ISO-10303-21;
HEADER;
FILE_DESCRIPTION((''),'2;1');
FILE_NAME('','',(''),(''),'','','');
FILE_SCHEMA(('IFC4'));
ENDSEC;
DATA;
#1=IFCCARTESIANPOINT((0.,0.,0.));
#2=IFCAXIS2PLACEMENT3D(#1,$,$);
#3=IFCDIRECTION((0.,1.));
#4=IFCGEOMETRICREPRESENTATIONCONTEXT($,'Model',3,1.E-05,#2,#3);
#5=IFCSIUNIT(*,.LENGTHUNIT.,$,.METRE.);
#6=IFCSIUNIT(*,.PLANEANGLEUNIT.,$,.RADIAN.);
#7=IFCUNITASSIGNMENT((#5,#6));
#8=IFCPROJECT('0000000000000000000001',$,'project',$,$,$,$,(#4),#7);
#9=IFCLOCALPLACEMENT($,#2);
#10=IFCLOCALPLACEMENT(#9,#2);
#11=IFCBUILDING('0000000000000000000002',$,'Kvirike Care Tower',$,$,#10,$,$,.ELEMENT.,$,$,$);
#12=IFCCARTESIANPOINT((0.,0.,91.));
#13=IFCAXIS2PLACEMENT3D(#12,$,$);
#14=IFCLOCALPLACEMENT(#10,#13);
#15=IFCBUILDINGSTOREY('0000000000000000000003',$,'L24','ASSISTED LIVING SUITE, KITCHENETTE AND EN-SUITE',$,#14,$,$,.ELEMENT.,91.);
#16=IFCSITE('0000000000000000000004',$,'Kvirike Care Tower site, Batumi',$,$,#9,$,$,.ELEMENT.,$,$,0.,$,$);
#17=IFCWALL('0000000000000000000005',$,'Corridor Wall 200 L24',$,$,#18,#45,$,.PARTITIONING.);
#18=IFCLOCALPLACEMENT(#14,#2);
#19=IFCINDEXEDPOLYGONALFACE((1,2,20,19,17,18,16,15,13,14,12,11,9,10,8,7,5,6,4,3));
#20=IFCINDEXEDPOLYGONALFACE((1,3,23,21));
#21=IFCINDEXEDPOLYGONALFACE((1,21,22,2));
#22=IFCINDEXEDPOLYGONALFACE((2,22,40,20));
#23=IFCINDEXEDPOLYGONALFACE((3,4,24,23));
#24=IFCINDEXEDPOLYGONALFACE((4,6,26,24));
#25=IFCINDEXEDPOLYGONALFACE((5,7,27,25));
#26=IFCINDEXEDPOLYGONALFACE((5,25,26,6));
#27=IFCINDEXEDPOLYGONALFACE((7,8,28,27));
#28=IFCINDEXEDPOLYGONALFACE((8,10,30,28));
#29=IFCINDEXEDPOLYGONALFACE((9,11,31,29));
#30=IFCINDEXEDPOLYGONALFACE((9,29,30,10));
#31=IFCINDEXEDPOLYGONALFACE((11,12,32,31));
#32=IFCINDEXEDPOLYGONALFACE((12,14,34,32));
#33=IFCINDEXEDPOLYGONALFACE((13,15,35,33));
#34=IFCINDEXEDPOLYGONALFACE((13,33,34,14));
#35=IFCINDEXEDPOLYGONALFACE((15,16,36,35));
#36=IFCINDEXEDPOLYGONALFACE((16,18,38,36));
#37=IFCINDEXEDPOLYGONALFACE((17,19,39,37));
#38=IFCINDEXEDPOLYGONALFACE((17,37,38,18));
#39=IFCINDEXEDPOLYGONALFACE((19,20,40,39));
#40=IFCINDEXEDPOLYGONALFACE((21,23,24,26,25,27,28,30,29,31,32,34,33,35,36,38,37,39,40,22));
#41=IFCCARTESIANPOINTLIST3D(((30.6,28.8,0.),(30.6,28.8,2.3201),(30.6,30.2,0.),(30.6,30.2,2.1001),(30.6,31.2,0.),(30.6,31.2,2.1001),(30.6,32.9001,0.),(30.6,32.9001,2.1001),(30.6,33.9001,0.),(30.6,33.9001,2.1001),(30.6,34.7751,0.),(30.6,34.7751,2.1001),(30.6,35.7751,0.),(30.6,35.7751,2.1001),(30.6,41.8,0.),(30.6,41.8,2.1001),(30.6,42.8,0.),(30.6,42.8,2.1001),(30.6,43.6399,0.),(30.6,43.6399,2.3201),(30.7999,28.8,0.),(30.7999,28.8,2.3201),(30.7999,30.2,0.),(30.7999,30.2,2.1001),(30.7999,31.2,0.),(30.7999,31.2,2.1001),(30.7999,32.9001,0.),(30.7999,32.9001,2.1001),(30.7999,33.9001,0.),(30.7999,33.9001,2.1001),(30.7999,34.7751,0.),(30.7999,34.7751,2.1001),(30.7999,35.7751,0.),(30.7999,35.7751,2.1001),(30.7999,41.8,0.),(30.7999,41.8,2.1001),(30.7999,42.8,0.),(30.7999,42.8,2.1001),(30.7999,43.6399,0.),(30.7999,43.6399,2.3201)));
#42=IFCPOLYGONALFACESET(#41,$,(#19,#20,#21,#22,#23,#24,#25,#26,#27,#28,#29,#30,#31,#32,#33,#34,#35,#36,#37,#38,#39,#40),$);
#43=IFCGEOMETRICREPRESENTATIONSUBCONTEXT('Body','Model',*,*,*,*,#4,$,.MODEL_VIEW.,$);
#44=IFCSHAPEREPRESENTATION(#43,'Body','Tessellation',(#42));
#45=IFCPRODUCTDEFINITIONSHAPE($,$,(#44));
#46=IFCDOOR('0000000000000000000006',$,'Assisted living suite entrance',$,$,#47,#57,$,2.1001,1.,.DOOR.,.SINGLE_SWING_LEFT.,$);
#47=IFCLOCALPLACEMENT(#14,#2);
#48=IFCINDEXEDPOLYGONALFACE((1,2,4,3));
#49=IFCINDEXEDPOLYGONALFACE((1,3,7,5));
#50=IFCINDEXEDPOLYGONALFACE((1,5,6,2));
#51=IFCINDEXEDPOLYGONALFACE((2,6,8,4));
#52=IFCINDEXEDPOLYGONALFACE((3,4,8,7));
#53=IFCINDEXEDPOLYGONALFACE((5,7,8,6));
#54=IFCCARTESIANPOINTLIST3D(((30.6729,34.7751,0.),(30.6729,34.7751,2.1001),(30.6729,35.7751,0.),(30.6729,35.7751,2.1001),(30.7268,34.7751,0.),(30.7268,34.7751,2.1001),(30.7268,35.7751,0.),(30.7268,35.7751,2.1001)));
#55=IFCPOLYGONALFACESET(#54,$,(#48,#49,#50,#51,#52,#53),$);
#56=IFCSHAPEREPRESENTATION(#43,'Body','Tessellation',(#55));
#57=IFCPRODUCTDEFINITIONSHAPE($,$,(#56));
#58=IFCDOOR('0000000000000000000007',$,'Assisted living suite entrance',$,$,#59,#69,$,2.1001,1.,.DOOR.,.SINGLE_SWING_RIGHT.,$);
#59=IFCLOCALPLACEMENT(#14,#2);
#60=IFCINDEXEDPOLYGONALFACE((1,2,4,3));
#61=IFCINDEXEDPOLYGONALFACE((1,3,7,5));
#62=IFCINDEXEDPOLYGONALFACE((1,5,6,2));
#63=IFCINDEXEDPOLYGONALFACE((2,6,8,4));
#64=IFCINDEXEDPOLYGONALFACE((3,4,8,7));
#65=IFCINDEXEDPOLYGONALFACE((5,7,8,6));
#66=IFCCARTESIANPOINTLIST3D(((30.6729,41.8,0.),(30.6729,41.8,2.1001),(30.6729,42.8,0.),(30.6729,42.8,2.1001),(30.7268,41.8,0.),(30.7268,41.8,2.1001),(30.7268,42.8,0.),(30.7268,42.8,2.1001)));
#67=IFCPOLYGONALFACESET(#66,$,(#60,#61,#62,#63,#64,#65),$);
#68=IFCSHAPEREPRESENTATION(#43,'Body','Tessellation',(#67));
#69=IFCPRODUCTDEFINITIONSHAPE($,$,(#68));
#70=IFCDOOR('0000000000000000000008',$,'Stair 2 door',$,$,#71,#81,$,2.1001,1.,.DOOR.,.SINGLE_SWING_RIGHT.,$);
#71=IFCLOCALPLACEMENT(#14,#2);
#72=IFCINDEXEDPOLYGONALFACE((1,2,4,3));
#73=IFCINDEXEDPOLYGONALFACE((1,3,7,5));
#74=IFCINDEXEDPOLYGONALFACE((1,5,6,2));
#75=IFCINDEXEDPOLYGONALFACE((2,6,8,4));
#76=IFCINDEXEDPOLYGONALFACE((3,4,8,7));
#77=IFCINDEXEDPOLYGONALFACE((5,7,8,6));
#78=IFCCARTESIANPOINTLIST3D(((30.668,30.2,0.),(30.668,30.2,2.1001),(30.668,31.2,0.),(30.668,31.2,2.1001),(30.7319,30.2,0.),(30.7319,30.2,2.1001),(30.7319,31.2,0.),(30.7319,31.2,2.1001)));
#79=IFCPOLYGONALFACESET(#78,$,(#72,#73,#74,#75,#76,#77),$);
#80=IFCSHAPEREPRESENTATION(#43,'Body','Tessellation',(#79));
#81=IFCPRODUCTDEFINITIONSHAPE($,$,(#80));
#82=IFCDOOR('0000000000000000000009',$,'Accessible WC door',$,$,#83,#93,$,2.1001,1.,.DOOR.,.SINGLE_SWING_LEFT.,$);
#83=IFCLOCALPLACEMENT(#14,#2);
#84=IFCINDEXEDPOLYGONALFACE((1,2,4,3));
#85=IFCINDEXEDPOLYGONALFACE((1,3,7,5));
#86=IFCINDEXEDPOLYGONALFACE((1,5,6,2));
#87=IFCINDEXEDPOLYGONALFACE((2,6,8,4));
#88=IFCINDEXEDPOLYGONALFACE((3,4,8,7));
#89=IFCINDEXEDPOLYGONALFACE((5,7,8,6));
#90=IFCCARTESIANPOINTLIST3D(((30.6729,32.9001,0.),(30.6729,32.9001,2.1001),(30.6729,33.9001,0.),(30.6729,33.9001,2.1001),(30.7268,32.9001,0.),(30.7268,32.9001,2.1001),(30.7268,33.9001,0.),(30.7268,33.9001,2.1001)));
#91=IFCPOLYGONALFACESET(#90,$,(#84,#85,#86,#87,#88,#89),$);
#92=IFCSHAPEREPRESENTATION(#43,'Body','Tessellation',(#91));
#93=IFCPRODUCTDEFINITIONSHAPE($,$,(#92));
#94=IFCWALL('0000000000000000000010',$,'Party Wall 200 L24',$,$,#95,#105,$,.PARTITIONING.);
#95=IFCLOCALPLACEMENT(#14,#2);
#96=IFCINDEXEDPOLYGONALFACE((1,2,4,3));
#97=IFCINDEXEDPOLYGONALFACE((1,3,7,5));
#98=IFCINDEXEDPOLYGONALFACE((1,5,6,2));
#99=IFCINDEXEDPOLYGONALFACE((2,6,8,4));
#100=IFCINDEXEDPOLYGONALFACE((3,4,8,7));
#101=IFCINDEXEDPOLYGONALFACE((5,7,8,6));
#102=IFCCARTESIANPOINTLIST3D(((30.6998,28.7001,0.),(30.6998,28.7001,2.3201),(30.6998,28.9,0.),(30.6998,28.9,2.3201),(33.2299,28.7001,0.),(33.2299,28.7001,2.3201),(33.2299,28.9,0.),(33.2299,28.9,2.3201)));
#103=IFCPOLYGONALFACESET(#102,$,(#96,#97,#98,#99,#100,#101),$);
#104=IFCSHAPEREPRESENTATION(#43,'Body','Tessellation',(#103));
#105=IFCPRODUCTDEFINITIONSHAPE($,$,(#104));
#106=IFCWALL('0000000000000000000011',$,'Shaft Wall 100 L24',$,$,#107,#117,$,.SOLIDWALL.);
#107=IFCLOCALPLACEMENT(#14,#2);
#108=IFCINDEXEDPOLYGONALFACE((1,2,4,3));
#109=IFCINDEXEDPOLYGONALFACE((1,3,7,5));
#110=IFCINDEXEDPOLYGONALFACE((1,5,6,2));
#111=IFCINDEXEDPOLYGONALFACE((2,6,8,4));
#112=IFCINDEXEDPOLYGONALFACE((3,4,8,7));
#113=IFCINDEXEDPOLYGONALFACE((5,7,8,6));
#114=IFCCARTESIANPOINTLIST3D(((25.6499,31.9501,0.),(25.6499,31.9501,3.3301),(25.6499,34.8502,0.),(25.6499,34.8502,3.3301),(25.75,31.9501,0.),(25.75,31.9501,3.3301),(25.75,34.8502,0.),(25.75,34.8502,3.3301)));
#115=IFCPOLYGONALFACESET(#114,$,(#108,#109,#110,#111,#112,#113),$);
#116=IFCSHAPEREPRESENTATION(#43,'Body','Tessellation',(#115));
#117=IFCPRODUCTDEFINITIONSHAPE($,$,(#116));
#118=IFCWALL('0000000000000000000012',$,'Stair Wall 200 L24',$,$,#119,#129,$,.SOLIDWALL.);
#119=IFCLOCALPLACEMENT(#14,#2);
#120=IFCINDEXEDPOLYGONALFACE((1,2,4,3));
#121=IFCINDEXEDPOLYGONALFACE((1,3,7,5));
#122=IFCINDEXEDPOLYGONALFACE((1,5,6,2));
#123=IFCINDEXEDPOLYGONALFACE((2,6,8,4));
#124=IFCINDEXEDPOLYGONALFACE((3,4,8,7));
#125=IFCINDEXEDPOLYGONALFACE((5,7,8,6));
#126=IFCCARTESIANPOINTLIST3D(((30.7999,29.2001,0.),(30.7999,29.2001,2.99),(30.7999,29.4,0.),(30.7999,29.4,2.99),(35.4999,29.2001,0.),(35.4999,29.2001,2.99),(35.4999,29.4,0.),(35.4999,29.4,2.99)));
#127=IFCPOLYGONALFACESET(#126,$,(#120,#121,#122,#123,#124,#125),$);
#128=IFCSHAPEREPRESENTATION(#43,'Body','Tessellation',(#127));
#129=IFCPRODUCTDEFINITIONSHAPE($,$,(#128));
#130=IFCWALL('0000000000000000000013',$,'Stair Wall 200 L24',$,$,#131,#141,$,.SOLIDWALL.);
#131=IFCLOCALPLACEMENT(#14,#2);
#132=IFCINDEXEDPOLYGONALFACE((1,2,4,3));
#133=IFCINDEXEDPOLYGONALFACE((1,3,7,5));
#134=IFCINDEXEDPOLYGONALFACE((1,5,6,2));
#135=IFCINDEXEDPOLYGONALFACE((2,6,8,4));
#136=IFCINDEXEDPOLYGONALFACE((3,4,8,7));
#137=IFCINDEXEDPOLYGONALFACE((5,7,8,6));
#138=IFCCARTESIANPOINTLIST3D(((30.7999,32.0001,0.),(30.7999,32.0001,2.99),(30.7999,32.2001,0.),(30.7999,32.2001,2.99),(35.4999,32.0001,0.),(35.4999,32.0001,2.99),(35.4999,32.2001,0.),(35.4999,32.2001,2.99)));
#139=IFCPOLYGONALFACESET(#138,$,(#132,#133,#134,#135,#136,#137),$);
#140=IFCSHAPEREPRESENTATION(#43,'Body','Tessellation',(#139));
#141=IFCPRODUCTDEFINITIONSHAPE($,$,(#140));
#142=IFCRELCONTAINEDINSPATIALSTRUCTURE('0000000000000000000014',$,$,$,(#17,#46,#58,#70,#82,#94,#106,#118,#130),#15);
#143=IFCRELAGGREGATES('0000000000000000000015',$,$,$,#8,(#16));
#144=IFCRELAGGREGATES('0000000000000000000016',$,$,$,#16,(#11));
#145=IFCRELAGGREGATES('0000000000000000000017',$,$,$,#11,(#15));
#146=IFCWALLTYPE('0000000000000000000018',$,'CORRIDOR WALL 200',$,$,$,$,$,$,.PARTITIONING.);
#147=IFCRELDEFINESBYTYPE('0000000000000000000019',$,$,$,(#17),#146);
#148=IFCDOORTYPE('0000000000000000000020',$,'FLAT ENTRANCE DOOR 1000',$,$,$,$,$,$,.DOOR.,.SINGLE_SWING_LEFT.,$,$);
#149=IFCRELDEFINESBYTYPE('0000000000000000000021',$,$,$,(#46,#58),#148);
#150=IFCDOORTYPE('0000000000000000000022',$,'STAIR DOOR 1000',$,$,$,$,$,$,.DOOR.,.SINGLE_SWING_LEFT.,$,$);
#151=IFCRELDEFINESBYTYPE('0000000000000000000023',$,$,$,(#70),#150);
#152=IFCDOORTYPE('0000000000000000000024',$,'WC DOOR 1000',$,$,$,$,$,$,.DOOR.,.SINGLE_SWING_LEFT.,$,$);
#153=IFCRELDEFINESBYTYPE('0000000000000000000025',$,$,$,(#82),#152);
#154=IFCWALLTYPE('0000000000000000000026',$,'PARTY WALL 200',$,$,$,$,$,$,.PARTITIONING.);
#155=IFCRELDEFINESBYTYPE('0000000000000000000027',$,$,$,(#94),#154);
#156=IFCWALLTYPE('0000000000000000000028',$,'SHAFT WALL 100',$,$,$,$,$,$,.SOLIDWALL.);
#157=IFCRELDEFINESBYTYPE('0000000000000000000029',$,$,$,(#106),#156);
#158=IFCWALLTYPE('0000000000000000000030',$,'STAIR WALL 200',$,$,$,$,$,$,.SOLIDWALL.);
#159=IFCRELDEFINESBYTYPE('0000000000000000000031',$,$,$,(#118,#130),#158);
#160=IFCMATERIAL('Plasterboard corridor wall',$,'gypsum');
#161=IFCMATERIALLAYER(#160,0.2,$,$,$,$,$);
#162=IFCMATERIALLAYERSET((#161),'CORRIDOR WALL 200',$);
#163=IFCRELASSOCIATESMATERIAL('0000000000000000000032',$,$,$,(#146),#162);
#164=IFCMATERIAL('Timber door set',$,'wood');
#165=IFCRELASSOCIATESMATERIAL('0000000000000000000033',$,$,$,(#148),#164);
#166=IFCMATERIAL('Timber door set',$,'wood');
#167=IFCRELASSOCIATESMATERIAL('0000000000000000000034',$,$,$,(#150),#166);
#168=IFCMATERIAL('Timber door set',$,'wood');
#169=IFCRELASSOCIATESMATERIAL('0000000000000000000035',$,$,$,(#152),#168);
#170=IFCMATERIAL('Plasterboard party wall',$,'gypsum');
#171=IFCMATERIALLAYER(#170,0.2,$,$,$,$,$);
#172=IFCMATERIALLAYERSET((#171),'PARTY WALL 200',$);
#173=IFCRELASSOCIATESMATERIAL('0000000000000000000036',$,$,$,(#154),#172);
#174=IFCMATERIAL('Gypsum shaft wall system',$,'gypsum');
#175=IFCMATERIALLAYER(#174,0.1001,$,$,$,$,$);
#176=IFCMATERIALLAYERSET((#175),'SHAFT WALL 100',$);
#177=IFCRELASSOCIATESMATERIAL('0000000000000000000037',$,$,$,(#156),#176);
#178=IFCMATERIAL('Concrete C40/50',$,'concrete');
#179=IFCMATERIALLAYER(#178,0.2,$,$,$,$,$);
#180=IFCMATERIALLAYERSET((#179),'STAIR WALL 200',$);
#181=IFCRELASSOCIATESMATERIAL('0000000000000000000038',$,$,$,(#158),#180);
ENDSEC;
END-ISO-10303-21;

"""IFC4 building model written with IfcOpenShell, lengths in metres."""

from ifc_helpers import new_model, si_unit, direction, frame, frame_2d, origin, place, context, subcontext, project, spatial, rectangle, extrude, material, layer, layer_set, type_object, element, fill, save


model = new_model("IFC4")

# Units and contexts
model_context = context("Model", 3, precision=1e-05, world=origin(), true_north=direction((0.0, 1.0)))
body_context = subcontext(model_context, "Body", "Model", "MODEL_VIEW")
ifc_project = project(units=[si_unit("LENGTHUNIT", "METRE"), si_unit("PLANEANGLEUNIT", "RADIAN")], contexts=[model_context])

# Site, building, storey
site_placement = place(None, origin())
site = spatial("IfcSite", under=ifc_project, at=site_placement, Name="Kvirike Care Tower site, Batumi", CompositionType="ELEMENT", RefElevation=0.0)
building_placement = place(site_placement, origin())
building = spatial("IfcBuilding", under=site, at=building_placement, Name="Kvirike Care Tower", CompositionType="ELEMENT")
storey_placement = place(building_placement, frame((0.0, 0.0, 91.0)))
storey = spatial("IfcBuildingStorey", under=building, at=storey_placement, Name="L24", Description="ASSISTED LIVING SUITE, KITCHENETTE AND EN-SUITE", CompositionType="ELEMENT", Elevation=91.0)

# Wall, openings, doors
ifc_material_1 = material(Name="Plasterboard corridor wall", Category="gypsum")
ifc_layer_1 = layer(ifc_material_1, 0.2)
ifc_layer_set_1 = layer_set([ifc_layer_1], Name="CORRIDOR WALL 200")
wall_type_1 = type_object("IfcWallType", Name="CORRIDOR WALL 200", PredefinedType="PARTITIONING", material=ifc_layer_set_1)
wall_1_placement = place(storey_placement, frame((30.7, 28.8, 0.0), z_axis=(0.0, 0.0, 1.0), x_axis=(0.0, 1.0, 0.0)))
wall_1 = element("IfcWall", 1, at=wall_1_placement, inside=storey, type_object=wall_type_1, Name="Corridor Wall 200 L24", PredefinedType="PARTITIONING", context=body_context, shape_type="SweptSolid", body=[
    extrude(rectangle(XDim=14.8398, YDim=0.2, at=frame_2d((7.4199, 0.0))), origin(), (0.0, 0.0, 1.0), 2.3201),
])
opening_1_placement = place(wall_1_placement, frame((1.3999, 0.0, 0.0)))
opening_1 = element("IfcOpeningElement", 2, at=opening_1_placement, cuts=wall_1, PredefinedType="OPENING", context=body_context, shape_type="SweptSolid", body=[
    extrude(rectangle(XDim=1.0, YDim=2.1001, at=frame_2d((0.5, 1.05))), frame((0.0, 0.1106, 0.0), z_axis=(0.0, -1.0, 0.0), x_axis=(1.0, 0.0, 0.0)), (0.0, 0.0, 1.0), 0.2209),
])
opening_2_placement = place(wall_1_placement, frame((4.1001, 0.0, 0.0)))
opening_2 = element("IfcOpeningElement", 3, at=opening_2_placement, cuts=wall_1, PredefinedType="OPENING", context=body_context, shape_type="SweptSolid", body=[
    extrude(rectangle(XDim=1.0, YDim=2.1001, at=frame_2d((0.5, 1.05))), frame((0.0, 0.1106, 0.0), z_axis=(0.0, -1.0, 0.0), x_axis=(1.0, 0.0, 0.0)), (0.0, 0.0, 1.0), 0.2209),
])
opening_3_placement = place(wall_1_placement, frame((5.9751, 0.0, 0.0)))
opening_3 = element("IfcOpeningElement", 4, at=opening_3_placement, cuts=wall_1, PredefinedType="OPENING", context=body_context, shape_type="SweptSolid", body=[
    extrude(rectangle(XDim=1.0, YDim=2.1001, at=frame_2d((0.5, 1.05))), frame((0.0, 0.1106, 0.0), z_axis=(0.0, -1.0, 0.0), x_axis=(1.0, 0.0, 0.0)), (0.0, 0.0, 1.0), 0.2209),
])
opening_4_placement = place(wall_1_placement, frame((13.0, 0.0, 0.0)))
opening_4 = element("IfcOpeningElement", 5, at=opening_4_placement, cuts=wall_1, PredefinedType="OPENING", context=body_context, shape_type="SweptSolid", body=[
    extrude(rectangle(XDim=1.0, YDim=2.1001, at=frame_2d((0.5, 1.05))), frame((0.0, 0.1106, 0.0), z_axis=(0.0, -1.0, 0.0), x_axis=(1.0, 0.0, 0.0)), (0.0, 0.0, 1.0), 0.2209),
])
ifc_material_2 = material(Name="Timber door set", Category="wood")
door_type_1 = type_object("IfcDoorType", Name="FLAT ENTRANCE DOOR 1000", OperationType="SINGLE_SWING_LEFT", PredefinedType="DOOR", material=ifc_material_2)
door_1_placement = place(opening_3_placement, frame((1.0, 0.0, 0.0), z_axis=(0.0, 0.0, 1.0), x_axis=(-1.0, 0.0, 0.0)))
door_1 = element("IfcDoor", 6, at=door_1_placement, inside=storey, type_object=door_type_1, Name="Assisted living suite entrance", OperationType="SINGLE_SWING_LEFT", OverallHeight=2.1001, OverallWidth=1.0, PredefinedType="DOOR", context=body_context, shape_type="SweptSolid", body=[
    extrude(rectangle(XDim=1.0, YDim=2.1001, at=frame_2d((0.5, 1.05))), frame((0.0, 0.0269, 0.0), z_axis=(0.0, -1.0, 0.0), x_axis=(1.0, 0.0, 0.0)), (0.0, 0.0, 1.0), 0.054),
])
fill(opening_3, door_1)
door_2_placement = place(opening_4_placement, frame((1.0, 0.0, 0.0), z_axis=(0.0, 0.0, 1.0), x_axis=(-1.0, 0.0, 0.0)))
door_2 = element("IfcDoor", 7, at=door_2_placement, inside=storey, type_object=door_type_1, Name="Assisted living suite entrance", OperationType="SINGLE_SWING_RIGHT", OverallHeight=2.1001, OverallWidth=1.0, PredefinedType="DOOR", context=body_context, shape_type="SweptSolid", body=[
    extrude(rectangle(XDim=1.0, YDim=2.1001, at=frame_2d((0.5, 1.05))), frame((0.0, 0.0269, 0.0), z_axis=(0.0, -1.0, 0.0), x_axis=(1.0, 0.0, 0.0)), (0.0, 0.0, 1.0), 0.054),
])
fill(opening_4, door_2)
ifc_material_3 = material(Name="Timber door set", Category="wood")
door_type_2 = type_object("IfcDoorType", Name="STAIR DOOR 1000", OperationType="SINGLE_SWING_LEFT", PredefinedType="DOOR", material=ifc_material_3)
door_3_placement = place(opening_1_placement, frame((1.0, 0.0, 0.0), z_axis=(0.0, 0.0, 1.0), x_axis=(-1.0, 0.0, 0.0)))
door_3 = element("IfcDoor", 8, at=door_3_placement, inside=storey, type_object=door_type_2, Name="Stair 2 door", OperationType="SINGLE_SWING_RIGHT", OverallHeight=2.1001, OverallWidth=1.0, PredefinedType="DOOR", context=body_context, shape_type="SweptSolid", body=[
    extrude(rectangle(XDim=1.0, YDim=2.1001, at=frame_2d((0.5, 1.05))), frame((0.0, 0.032, 0.0), z_axis=(0.0, -1.0, 0.0), x_axis=(1.0, 0.0, 0.0)), (0.0, 0.0, 1.0), 0.064),
])
fill(opening_1, door_3)
ifc_material_4 = material(Name="Timber door set", Category="wood")
door_type_3 = type_object("IfcDoorType", Name="WC DOOR 1000", OperationType="SINGLE_SWING_LEFT", PredefinedType="DOOR", material=ifc_material_4)
door_4_placement = place(opening_2_placement, frame((1.0, 0.0, 0.0), z_axis=(0.0, 0.0, 1.0), x_axis=(-1.0, 0.0, 0.0)))
door_4 = element("IfcDoor", 9, at=door_4_placement, inside=storey, type_object=door_type_3, Name="Accessible WC door", OperationType="SINGLE_SWING_LEFT", OverallHeight=2.1001, OverallWidth=1.0, PredefinedType="DOOR", context=body_context, shape_type="SweptSolid", body=[
    extrude(rectangle(XDim=1.0, YDim=2.1001, at=frame_2d((0.5, 1.05))), frame((0.0, 0.0269, 0.0), z_axis=(0.0, -1.0, 0.0), x_axis=(1.0, 0.0, 0.0)), (0.0, 0.0, 1.0), 0.054),
])
fill(opening_2, door_4)

# Walls
ifc_material_5 = material(Name="Plasterboard party wall", Category="gypsum")
ifc_layer_2 = layer(ifc_material_5, 0.2)
ifc_layer_set_2 = layer_set([ifc_layer_2], Name="PARTY WALL 200")
wall_type_2 = type_object("IfcWallType", Name="PARTY WALL 200", PredefinedType="PARTITIONING", material=ifc_layer_set_2)
wall_2_placement = place(storey_placement, frame((33.23, 28.8, 0.0), z_axis=(0.0, 0.0, 1.0), x_axis=(-1.0, 0.0, 0.0)))
element("IfcWall", 10, at=wall_2_placement, inside=storey, type_object=wall_type_2, Name="Party Wall 200 L24", PredefinedType="PARTITIONING", context=body_context, shape_type="SweptSolid", body=[
    extrude(rectangle(XDim=2.53, YDim=0.2, at=frame_2d((1.2651, 0.0))), origin(), (0.0, 0.0, 1.0), 2.3201),
])
ifc_material_6 = material(Name="Gypsum shaft wall system", Category="gypsum")
ifc_layer_3 = layer(ifc_material_6, 0.1001)
ifc_layer_set_3 = layer_set([ifc_layer_3], Name="SHAFT WALL 100")
wall_type_3 = type_object("IfcWallType", Name="SHAFT WALL 100", PredefinedType="SOLIDWALL", material=ifc_layer_set_3)
wall_3_placement = place(storey_placement, frame((25.7, 31.95, 0.0), z_axis=(0.0, 0.0, 1.0), x_axis=(0.0, 1.0, 0.0)))
element("IfcWall", 11, at=wall_3_placement, inside=storey, type_object=wall_type_3, Name="Shaft Wall 100 L24", PredefinedType="SOLIDWALL", context=body_context, shape_type="SweptSolid", body=[
    extrude(rectangle(XDim=2.9001, YDim=0.1001, at=frame_2d((1.4502, 0.0))), origin(), (0.0, 0.0, 1.0), 3.3301),
])
ifc_material_7 = material(Name="Concrete C40/50", Category="concrete")
ifc_layer_4 = layer(ifc_material_7, 0.2)
ifc_layer_set_4 = layer_set([ifc_layer_4], Name="STAIR WALL 200")
wall_type_4 = type_object("IfcWallType", Name="STAIR WALL 200", PredefinedType="SOLIDWALL", material=ifc_layer_set_4)
for number, where, z_axis, x_axis, name in (
    (12, (35.5, 29.3, 0.0), (0.0, 0.0, 1.0), (-1.0, 0.0, 0.0), "Stair Wall 200 L24"),
    (13, (35.5, 32.1001, 0.0), (0.0, 0.0, 1.0), (-1.0, 0.0, 0.0), "Stair Wall 200 L24"),
):
    element("IfcWall", number, at=place(storey_placement, frame(where, z_axis=z_axis, x_axis=x_axis)), inside=storey, type_object=wall_type_4, Name=name, PredefinedType="SOLIDWALL", context=body_context, shape_type="SweptSolid", body=[
        extrude(rectangle(XDim=4.7, YDim=0.2, at=frame_2d((2.3501, 0.0))), origin(), (0.0, 0.0, 1.0), 2.99),
    ])

save(model, "model.ifc")
